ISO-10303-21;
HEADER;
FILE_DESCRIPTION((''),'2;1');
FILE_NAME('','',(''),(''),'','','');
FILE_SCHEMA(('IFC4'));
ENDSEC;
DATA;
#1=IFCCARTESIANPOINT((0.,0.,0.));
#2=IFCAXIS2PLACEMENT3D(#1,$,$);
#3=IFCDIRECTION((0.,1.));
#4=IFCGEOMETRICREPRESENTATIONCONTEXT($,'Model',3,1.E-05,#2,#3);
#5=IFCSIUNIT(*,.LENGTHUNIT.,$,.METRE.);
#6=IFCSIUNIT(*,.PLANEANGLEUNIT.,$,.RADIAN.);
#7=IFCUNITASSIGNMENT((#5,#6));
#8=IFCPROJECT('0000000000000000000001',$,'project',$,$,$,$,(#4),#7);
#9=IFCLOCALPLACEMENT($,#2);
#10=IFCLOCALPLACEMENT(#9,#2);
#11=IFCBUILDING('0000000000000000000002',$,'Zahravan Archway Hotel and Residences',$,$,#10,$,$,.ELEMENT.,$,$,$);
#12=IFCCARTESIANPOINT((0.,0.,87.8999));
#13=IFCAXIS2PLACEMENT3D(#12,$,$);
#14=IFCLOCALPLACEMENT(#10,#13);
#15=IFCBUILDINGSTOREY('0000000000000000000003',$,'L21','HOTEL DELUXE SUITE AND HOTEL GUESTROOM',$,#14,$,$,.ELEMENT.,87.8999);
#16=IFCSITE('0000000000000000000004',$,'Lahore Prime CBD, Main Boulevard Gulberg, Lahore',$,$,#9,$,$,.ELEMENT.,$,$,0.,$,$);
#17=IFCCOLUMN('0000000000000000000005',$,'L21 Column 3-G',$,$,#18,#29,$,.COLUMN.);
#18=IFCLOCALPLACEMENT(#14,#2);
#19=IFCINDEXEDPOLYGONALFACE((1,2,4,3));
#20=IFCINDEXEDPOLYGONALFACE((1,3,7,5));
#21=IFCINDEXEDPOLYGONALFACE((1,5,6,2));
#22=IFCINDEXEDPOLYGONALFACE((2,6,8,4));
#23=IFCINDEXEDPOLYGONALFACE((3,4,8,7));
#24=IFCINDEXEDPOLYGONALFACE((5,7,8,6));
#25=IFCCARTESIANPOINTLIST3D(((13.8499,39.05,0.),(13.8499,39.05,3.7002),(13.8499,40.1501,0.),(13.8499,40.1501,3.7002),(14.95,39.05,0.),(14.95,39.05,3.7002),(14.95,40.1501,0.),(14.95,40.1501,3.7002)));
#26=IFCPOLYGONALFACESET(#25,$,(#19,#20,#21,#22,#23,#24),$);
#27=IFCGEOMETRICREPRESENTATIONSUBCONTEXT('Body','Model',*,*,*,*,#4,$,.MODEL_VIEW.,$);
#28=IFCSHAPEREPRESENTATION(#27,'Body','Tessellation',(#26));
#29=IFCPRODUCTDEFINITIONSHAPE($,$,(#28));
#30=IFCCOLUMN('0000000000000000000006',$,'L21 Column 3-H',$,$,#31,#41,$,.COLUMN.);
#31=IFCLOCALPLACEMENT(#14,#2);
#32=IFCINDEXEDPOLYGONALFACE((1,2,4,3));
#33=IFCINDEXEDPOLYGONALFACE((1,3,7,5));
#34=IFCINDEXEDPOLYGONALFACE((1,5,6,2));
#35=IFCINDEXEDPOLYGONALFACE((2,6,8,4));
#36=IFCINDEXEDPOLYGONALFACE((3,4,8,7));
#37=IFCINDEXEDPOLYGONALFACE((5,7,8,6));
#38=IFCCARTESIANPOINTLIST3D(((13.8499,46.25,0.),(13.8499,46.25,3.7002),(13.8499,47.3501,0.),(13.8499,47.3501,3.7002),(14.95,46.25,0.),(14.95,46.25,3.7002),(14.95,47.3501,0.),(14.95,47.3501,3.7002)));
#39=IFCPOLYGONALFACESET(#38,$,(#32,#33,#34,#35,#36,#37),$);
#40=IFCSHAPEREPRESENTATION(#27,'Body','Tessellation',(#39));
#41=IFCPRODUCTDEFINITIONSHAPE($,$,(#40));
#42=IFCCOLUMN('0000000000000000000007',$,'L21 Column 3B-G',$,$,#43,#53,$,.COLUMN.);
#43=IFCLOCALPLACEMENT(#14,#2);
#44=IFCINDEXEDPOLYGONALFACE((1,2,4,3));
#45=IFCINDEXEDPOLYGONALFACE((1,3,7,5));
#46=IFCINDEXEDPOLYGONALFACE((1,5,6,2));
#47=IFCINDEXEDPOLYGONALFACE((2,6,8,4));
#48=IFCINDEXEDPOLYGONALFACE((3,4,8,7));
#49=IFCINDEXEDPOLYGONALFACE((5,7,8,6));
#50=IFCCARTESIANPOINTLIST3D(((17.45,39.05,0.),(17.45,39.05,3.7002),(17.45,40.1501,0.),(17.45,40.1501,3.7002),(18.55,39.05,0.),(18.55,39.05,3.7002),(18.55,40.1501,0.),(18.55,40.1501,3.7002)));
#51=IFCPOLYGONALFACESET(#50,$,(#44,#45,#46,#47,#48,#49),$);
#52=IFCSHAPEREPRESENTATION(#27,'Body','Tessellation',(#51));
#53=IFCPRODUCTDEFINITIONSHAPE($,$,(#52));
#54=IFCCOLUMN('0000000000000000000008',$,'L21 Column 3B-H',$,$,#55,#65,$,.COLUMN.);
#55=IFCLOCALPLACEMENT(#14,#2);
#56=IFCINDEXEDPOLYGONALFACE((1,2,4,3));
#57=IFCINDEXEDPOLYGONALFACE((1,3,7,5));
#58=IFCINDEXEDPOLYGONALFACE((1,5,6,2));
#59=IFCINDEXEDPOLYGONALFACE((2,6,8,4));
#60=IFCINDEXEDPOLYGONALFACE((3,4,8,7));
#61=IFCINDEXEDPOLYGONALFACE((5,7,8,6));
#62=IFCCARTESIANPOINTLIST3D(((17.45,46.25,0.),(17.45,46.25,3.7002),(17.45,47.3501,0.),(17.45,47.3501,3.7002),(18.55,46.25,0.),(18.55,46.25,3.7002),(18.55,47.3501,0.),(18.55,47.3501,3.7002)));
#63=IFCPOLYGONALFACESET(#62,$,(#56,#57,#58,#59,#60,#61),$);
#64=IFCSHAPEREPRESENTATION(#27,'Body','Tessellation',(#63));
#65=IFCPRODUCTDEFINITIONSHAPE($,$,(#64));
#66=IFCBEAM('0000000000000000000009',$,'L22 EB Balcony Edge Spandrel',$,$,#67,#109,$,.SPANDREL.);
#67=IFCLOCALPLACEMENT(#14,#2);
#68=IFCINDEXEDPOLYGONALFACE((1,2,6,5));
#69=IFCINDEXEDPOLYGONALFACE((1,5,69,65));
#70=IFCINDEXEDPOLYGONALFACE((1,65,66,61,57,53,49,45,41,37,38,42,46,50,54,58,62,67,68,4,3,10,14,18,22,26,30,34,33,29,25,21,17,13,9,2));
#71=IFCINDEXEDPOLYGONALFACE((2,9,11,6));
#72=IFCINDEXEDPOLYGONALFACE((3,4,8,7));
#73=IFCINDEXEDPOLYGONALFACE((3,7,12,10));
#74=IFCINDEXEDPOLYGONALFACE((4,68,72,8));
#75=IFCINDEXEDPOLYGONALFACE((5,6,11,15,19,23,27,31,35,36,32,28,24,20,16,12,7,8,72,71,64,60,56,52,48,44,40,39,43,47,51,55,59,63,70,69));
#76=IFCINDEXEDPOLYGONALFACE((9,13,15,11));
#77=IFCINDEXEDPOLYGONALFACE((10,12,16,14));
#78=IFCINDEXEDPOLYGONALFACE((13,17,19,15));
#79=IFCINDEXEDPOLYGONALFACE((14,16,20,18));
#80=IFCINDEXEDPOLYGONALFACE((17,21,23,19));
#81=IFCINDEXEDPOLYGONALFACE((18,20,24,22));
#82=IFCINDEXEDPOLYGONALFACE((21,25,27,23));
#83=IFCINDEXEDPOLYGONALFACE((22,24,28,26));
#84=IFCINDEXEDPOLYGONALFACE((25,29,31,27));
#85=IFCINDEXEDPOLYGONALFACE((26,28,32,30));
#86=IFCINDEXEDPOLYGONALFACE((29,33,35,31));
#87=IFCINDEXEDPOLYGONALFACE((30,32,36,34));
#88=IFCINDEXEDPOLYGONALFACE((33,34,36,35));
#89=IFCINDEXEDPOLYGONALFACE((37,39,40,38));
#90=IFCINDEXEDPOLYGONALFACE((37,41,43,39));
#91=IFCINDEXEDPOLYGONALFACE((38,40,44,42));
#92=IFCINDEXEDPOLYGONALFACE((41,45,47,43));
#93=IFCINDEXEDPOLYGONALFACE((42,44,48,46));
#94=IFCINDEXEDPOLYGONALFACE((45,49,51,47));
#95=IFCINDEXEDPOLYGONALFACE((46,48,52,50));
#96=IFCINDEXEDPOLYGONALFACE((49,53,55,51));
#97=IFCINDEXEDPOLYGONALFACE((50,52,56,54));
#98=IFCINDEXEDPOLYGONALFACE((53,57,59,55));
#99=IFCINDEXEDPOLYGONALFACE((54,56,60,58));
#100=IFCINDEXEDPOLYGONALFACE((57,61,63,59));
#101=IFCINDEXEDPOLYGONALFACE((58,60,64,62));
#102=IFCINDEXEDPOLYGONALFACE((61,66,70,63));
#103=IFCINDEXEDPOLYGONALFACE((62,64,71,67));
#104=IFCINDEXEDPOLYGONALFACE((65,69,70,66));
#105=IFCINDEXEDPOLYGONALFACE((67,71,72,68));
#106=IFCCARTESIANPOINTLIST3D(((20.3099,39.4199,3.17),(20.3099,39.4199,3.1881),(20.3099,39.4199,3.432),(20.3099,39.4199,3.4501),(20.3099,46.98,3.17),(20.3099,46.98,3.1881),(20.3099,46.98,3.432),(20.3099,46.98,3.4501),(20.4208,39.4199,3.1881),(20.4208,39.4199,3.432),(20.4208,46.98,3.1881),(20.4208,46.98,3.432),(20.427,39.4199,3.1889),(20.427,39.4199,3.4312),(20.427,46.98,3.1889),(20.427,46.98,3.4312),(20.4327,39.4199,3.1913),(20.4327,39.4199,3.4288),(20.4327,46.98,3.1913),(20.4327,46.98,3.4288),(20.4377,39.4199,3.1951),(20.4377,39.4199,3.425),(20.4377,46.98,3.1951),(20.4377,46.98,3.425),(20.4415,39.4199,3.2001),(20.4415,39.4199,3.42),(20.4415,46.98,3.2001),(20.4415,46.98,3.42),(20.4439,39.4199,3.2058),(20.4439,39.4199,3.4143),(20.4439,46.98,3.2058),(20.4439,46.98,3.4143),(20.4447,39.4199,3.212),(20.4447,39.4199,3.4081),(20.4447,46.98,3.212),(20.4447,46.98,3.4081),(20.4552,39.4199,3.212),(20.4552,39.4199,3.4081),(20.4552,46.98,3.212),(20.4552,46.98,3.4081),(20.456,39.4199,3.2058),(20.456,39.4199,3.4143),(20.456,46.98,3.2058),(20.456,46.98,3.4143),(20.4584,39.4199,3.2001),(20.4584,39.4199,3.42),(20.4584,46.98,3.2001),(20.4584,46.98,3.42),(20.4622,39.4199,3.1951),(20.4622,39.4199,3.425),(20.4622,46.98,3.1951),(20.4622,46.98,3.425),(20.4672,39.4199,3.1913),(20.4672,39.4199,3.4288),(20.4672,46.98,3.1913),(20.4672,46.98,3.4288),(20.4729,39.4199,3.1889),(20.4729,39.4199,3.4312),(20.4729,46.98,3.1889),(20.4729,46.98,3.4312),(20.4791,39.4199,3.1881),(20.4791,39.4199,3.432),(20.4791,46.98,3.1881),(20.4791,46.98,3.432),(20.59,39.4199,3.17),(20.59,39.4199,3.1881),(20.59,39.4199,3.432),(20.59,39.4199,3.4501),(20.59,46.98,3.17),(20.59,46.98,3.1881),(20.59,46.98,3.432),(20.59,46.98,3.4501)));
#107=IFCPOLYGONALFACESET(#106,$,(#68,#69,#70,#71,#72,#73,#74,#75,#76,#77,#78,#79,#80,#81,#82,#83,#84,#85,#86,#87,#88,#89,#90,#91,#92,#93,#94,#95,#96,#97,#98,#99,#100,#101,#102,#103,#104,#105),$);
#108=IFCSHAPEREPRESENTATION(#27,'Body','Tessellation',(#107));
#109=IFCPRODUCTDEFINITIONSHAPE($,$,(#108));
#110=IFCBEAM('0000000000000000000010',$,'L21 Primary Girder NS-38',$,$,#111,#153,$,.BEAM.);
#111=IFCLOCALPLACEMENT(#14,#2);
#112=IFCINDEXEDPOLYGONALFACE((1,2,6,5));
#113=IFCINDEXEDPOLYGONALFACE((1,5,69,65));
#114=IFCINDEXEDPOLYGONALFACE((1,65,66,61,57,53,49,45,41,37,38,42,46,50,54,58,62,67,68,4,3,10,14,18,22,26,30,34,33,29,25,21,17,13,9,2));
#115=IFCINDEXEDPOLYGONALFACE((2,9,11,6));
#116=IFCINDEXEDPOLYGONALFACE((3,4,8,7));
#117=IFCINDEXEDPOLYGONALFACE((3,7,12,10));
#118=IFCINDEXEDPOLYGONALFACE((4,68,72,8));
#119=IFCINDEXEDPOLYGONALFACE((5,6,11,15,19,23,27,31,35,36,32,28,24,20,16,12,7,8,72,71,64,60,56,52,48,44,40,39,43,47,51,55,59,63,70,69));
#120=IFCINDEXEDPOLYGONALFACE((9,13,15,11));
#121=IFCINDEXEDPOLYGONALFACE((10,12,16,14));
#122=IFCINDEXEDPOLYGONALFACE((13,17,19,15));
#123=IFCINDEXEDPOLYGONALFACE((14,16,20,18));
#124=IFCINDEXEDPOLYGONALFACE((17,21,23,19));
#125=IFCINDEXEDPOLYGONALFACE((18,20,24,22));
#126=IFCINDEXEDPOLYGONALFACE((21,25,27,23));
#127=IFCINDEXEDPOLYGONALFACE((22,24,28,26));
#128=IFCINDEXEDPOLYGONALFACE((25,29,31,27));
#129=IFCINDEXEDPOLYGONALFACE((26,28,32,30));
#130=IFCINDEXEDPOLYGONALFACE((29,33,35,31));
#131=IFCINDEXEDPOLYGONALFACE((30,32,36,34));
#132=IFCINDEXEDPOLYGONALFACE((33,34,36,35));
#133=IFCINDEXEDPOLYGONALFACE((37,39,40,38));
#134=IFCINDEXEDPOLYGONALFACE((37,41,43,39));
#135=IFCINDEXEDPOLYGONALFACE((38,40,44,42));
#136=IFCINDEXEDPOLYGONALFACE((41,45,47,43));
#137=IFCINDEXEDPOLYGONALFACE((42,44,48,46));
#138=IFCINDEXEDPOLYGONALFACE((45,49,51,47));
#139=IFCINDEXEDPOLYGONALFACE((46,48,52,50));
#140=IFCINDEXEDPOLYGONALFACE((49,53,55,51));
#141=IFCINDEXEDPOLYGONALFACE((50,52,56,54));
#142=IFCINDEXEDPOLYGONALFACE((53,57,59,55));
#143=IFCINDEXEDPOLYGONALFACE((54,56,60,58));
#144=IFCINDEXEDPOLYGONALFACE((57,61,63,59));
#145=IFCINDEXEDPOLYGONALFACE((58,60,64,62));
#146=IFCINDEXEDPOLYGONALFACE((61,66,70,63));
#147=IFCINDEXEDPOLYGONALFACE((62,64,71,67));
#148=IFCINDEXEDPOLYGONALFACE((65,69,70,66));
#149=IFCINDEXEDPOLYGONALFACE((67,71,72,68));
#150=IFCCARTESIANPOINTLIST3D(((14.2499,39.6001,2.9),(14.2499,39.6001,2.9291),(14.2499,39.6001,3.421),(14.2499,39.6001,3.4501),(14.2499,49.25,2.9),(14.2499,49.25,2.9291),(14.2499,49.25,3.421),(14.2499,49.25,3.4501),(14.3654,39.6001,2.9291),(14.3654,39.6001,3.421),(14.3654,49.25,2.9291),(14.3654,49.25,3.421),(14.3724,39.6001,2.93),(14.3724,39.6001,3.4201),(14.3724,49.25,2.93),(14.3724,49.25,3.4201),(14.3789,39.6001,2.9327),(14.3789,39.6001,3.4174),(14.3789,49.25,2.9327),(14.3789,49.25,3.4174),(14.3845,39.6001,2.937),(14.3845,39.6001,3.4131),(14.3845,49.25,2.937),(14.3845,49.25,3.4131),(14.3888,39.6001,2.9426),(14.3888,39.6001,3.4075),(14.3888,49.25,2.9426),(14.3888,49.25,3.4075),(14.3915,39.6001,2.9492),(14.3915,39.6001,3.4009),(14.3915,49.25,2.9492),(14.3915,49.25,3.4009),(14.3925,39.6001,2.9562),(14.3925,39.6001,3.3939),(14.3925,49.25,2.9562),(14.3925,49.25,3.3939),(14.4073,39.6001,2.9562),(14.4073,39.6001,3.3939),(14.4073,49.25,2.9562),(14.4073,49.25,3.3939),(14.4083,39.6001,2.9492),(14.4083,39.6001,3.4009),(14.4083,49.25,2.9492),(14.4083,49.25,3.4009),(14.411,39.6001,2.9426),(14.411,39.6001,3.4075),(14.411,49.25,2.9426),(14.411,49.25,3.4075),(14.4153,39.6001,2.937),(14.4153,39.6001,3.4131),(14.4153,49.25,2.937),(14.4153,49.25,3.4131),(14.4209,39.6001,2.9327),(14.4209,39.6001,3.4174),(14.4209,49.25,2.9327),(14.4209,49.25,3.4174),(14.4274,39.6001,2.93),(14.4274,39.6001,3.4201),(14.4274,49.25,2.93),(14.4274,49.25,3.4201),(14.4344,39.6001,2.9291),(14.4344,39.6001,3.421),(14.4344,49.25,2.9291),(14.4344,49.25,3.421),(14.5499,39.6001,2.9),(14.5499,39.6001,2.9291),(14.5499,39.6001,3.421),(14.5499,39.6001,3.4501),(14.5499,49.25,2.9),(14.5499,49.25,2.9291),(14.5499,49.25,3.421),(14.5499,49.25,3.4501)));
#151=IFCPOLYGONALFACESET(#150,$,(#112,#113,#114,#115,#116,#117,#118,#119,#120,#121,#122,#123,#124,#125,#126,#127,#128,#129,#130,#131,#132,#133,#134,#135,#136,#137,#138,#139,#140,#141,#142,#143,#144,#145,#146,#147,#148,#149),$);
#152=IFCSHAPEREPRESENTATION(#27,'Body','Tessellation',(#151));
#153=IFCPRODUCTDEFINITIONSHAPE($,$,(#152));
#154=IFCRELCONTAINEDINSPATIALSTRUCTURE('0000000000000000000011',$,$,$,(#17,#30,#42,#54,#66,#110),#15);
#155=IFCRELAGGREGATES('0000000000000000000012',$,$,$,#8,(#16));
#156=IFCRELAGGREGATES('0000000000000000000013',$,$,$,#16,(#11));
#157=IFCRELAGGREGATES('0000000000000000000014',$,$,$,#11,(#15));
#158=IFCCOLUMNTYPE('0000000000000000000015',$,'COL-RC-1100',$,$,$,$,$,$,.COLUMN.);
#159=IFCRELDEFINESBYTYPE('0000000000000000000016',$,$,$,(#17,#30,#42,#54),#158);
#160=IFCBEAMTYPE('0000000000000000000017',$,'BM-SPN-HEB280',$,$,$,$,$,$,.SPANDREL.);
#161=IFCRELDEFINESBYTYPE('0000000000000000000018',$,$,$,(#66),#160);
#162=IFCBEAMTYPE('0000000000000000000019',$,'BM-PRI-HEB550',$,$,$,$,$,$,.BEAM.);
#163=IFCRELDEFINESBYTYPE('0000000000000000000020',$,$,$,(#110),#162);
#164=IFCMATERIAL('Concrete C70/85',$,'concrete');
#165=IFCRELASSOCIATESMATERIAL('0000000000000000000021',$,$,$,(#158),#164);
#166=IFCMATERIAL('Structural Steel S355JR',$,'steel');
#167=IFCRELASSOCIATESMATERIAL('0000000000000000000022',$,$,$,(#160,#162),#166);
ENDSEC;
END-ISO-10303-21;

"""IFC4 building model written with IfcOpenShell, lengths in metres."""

from ifc_helpers import new_model, si_unit, direction, frame, origin, origin_2d, place, context, subcontext, project, spatial, rectangle, i_section, extrude, source, transform, mapped, material, material_profile, profile_set, type_object, type_shapes, element, save


model = new_model("IFC4")

# Units and contexts
model_context = context("Model", 3, precision=1e-05, world=origin(), true_north=direction((0.0, 1.0)))
body_context = subcontext(model_context, "Body", "Model", "MODEL_VIEW")
ifc_project = project(units=[si_unit("LENGTHUNIT", "METRE"), si_unit("PLANEANGLEUNIT", "RADIAN")], contexts=[model_context])

# Site, building, storey
site_placement = place(None, origin())
site = spatial("IfcSite", under=ifc_project, at=site_placement, Name="Lahore Prime CBD, Main Boulevard Gulberg, Lahore", CompositionType="ELEMENT", RefElevation=0.0)
building_placement = place(site_placement, origin())
building = spatial("IfcBuilding", under=site, at=building_placement, Name="Zahravan Archway Hotel and Residences", CompositionType="ELEMENT")
storey_placement = place(building_placement, frame((0.0, 0.0, 87.8999)))
storey = spatial("IfcBuildingStorey", under=building, at=storey_placement, Name="L21", Description="HOTEL DELUXE SUITE AND HOTEL GUESTROOM", CompositionType="ELEMENT", Elevation=87.8999)

# Columns
ifc_material_1 = material(Name="Concrete C70/85", Category="concrete")
ifc_material_profile_1 = material_profile(ifc_material_1, rectangle(XDim=1.1001, YDim=1.1001, at=origin_2d()), Name="RC 1100x1100", Category="concrete")
ifc_profile_set_1 = profile_set([ifc_material_profile_1], Name="Concrete C70/85")
column_type = type_object("IfcColumnType", Name="COL-RC-1100", PredefinedType="COLUMN", material=ifc_profile_set_1)
shared_shape_1 = source(origin(), body_context, "Body", "SweptSolid", [
    extrude(rectangle(XDim=1.1001, YDim=1.1001, at=origin_2d()), origin(), (0.0, 0.0, 1.0), 3.7002),
])
for number, where, z_axis, x_axis, name in (
    (1, (14.3999, 39.6001, 0.0), (0.0, 0.0, 1.0), (1.0, 0.0, 0.0), "L21 Column 3-G"),
    (2, (14.3999, 46.8, 0.0), (0.0, 0.0, 1.0), (1.0, 0.0, 0.0), "L21 Column 3-H"),
    (3, (18.0, 39.6001, 0.0), (0.0, 0.0, 1.0), (1.0, 0.0, 0.0), "L21 Column 3B-G"),
    (4, (18.0, 46.8, 0.0), (0.0, 0.0, 1.0), (1.0, 0.0, 0.0), "L21 Column 3B-H"),
):
    element("IfcColumn", number, at=place(storey_placement, frame(where, z_axis=z_axis, x_axis=x_axis)), inside=storey, type_object=column_type, Name=name, PredefinedType="COLUMN", context=body_context, shape_type="MappedRepresentation", body=[
        mapped(shared_shape_1, transform((0.0, 0.0, 0.0), scale=1.0)),
    ])

# Beams
ifc_material_2 = material(Name="Structural Steel S355JR", Category="steel")
ifc_material_profile_2 = material_profile(ifc_material_2, i_section(OverallWidth=0.28, OverallDepth=0.28, WebThickness=0.0105, FlangeThickness=0.0181, FilletRadius=0.0239, at=origin_2d()), Name="HEB 280", Category="steel")
ifc_profile_set_2 = profile_set([ifc_material_profile_2], Name="Structural Steel S355JR")
beam_type_1 = type_object("IfcBeamType", Name="BM-SPN-HEB280", PredefinedType="SPANDREL", material=ifc_profile_set_2)
shared_shape_2 = source(origin(), body_context, "Body", "SweptSolid", [
    extrude(i_section(OverallWidth=0.28, OverallDepth=0.28, WebThickness=0.0105, FlangeThickness=0.0181, FilletRadius=0.0239, at=origin_2d()), origin(), (0.0, 0.0, 1.0), 7.5601),
])
type_shapes(beam_type_1, [shared_shape_2])
beam_1_placement = place(storey_placement, frame((20.45, 39.4199, 3.3101), z_axis=(0.0, 1.0, 0.0), x_axis=(-1.0, 0.0, 0.0)))
element("IfcBeam", 5, at=beam_1_placement, inside=storey, type_object=beam_type_1, Name="L22 EB Balcony Edge Spandrel", PredefinedType="SPANDREL", context=body_context, shape_type="MappedRepresentation", body=[
    mapped(shared_shape_2, transform((0.0, 0.0, 0.0), scale=1.0)),
])
ifc_material_profile_3 = material_profile(ifc_material_2, i_section(OverallWidth=0.3, OverallDepth=0.55, WebThickness=0.0149, FlangeThickness=0.0291, FilletRadius=0.0271, at=origin_2d()), Name="HEB 550", Category="steel")
ifc_profile_set_3 = profile_set([ifc_material_profile_3], Name="Structural Steel S355JR")
beam_type_2 = type_object("IfcBeamType", Name="BM-PRI-HEB550", PredefinedType="BEAM", material=ifc_profile_set_3)
shared_shape_3 = source(origin(), body_context, "Body", "SweptSolid", [
    extrude(i_section(OverallWidth=0.3, OverallDepth=0.55, WebThickness=0.0149, FlangeThickness=0.0291, FilletRadius=0.0271, at=origin_2d()), origin(), (0.0, 0.0, 1.0), 9.6499),
])
beam_2_placement = place(storey_placement, frame((14.3999, 39.6001, 3.175), z_axis=(0.0, 1.0, 0.0), x_axis=(-1.0, 0.0, 0.0)))
element("IfcBeam", 6, at=beam_2_placement, inside=storey, type_object=beam_type_2, Name="L21 Primary Girder NS-38", PredefinedType="BEAM", context=body_context, shape_type="MappedRepresentation", body=[
    mapped(shared_shape_3, transform((0.0, 0.0, 0.0), scale=1.0)),
])

save(model, "model.ifc")
